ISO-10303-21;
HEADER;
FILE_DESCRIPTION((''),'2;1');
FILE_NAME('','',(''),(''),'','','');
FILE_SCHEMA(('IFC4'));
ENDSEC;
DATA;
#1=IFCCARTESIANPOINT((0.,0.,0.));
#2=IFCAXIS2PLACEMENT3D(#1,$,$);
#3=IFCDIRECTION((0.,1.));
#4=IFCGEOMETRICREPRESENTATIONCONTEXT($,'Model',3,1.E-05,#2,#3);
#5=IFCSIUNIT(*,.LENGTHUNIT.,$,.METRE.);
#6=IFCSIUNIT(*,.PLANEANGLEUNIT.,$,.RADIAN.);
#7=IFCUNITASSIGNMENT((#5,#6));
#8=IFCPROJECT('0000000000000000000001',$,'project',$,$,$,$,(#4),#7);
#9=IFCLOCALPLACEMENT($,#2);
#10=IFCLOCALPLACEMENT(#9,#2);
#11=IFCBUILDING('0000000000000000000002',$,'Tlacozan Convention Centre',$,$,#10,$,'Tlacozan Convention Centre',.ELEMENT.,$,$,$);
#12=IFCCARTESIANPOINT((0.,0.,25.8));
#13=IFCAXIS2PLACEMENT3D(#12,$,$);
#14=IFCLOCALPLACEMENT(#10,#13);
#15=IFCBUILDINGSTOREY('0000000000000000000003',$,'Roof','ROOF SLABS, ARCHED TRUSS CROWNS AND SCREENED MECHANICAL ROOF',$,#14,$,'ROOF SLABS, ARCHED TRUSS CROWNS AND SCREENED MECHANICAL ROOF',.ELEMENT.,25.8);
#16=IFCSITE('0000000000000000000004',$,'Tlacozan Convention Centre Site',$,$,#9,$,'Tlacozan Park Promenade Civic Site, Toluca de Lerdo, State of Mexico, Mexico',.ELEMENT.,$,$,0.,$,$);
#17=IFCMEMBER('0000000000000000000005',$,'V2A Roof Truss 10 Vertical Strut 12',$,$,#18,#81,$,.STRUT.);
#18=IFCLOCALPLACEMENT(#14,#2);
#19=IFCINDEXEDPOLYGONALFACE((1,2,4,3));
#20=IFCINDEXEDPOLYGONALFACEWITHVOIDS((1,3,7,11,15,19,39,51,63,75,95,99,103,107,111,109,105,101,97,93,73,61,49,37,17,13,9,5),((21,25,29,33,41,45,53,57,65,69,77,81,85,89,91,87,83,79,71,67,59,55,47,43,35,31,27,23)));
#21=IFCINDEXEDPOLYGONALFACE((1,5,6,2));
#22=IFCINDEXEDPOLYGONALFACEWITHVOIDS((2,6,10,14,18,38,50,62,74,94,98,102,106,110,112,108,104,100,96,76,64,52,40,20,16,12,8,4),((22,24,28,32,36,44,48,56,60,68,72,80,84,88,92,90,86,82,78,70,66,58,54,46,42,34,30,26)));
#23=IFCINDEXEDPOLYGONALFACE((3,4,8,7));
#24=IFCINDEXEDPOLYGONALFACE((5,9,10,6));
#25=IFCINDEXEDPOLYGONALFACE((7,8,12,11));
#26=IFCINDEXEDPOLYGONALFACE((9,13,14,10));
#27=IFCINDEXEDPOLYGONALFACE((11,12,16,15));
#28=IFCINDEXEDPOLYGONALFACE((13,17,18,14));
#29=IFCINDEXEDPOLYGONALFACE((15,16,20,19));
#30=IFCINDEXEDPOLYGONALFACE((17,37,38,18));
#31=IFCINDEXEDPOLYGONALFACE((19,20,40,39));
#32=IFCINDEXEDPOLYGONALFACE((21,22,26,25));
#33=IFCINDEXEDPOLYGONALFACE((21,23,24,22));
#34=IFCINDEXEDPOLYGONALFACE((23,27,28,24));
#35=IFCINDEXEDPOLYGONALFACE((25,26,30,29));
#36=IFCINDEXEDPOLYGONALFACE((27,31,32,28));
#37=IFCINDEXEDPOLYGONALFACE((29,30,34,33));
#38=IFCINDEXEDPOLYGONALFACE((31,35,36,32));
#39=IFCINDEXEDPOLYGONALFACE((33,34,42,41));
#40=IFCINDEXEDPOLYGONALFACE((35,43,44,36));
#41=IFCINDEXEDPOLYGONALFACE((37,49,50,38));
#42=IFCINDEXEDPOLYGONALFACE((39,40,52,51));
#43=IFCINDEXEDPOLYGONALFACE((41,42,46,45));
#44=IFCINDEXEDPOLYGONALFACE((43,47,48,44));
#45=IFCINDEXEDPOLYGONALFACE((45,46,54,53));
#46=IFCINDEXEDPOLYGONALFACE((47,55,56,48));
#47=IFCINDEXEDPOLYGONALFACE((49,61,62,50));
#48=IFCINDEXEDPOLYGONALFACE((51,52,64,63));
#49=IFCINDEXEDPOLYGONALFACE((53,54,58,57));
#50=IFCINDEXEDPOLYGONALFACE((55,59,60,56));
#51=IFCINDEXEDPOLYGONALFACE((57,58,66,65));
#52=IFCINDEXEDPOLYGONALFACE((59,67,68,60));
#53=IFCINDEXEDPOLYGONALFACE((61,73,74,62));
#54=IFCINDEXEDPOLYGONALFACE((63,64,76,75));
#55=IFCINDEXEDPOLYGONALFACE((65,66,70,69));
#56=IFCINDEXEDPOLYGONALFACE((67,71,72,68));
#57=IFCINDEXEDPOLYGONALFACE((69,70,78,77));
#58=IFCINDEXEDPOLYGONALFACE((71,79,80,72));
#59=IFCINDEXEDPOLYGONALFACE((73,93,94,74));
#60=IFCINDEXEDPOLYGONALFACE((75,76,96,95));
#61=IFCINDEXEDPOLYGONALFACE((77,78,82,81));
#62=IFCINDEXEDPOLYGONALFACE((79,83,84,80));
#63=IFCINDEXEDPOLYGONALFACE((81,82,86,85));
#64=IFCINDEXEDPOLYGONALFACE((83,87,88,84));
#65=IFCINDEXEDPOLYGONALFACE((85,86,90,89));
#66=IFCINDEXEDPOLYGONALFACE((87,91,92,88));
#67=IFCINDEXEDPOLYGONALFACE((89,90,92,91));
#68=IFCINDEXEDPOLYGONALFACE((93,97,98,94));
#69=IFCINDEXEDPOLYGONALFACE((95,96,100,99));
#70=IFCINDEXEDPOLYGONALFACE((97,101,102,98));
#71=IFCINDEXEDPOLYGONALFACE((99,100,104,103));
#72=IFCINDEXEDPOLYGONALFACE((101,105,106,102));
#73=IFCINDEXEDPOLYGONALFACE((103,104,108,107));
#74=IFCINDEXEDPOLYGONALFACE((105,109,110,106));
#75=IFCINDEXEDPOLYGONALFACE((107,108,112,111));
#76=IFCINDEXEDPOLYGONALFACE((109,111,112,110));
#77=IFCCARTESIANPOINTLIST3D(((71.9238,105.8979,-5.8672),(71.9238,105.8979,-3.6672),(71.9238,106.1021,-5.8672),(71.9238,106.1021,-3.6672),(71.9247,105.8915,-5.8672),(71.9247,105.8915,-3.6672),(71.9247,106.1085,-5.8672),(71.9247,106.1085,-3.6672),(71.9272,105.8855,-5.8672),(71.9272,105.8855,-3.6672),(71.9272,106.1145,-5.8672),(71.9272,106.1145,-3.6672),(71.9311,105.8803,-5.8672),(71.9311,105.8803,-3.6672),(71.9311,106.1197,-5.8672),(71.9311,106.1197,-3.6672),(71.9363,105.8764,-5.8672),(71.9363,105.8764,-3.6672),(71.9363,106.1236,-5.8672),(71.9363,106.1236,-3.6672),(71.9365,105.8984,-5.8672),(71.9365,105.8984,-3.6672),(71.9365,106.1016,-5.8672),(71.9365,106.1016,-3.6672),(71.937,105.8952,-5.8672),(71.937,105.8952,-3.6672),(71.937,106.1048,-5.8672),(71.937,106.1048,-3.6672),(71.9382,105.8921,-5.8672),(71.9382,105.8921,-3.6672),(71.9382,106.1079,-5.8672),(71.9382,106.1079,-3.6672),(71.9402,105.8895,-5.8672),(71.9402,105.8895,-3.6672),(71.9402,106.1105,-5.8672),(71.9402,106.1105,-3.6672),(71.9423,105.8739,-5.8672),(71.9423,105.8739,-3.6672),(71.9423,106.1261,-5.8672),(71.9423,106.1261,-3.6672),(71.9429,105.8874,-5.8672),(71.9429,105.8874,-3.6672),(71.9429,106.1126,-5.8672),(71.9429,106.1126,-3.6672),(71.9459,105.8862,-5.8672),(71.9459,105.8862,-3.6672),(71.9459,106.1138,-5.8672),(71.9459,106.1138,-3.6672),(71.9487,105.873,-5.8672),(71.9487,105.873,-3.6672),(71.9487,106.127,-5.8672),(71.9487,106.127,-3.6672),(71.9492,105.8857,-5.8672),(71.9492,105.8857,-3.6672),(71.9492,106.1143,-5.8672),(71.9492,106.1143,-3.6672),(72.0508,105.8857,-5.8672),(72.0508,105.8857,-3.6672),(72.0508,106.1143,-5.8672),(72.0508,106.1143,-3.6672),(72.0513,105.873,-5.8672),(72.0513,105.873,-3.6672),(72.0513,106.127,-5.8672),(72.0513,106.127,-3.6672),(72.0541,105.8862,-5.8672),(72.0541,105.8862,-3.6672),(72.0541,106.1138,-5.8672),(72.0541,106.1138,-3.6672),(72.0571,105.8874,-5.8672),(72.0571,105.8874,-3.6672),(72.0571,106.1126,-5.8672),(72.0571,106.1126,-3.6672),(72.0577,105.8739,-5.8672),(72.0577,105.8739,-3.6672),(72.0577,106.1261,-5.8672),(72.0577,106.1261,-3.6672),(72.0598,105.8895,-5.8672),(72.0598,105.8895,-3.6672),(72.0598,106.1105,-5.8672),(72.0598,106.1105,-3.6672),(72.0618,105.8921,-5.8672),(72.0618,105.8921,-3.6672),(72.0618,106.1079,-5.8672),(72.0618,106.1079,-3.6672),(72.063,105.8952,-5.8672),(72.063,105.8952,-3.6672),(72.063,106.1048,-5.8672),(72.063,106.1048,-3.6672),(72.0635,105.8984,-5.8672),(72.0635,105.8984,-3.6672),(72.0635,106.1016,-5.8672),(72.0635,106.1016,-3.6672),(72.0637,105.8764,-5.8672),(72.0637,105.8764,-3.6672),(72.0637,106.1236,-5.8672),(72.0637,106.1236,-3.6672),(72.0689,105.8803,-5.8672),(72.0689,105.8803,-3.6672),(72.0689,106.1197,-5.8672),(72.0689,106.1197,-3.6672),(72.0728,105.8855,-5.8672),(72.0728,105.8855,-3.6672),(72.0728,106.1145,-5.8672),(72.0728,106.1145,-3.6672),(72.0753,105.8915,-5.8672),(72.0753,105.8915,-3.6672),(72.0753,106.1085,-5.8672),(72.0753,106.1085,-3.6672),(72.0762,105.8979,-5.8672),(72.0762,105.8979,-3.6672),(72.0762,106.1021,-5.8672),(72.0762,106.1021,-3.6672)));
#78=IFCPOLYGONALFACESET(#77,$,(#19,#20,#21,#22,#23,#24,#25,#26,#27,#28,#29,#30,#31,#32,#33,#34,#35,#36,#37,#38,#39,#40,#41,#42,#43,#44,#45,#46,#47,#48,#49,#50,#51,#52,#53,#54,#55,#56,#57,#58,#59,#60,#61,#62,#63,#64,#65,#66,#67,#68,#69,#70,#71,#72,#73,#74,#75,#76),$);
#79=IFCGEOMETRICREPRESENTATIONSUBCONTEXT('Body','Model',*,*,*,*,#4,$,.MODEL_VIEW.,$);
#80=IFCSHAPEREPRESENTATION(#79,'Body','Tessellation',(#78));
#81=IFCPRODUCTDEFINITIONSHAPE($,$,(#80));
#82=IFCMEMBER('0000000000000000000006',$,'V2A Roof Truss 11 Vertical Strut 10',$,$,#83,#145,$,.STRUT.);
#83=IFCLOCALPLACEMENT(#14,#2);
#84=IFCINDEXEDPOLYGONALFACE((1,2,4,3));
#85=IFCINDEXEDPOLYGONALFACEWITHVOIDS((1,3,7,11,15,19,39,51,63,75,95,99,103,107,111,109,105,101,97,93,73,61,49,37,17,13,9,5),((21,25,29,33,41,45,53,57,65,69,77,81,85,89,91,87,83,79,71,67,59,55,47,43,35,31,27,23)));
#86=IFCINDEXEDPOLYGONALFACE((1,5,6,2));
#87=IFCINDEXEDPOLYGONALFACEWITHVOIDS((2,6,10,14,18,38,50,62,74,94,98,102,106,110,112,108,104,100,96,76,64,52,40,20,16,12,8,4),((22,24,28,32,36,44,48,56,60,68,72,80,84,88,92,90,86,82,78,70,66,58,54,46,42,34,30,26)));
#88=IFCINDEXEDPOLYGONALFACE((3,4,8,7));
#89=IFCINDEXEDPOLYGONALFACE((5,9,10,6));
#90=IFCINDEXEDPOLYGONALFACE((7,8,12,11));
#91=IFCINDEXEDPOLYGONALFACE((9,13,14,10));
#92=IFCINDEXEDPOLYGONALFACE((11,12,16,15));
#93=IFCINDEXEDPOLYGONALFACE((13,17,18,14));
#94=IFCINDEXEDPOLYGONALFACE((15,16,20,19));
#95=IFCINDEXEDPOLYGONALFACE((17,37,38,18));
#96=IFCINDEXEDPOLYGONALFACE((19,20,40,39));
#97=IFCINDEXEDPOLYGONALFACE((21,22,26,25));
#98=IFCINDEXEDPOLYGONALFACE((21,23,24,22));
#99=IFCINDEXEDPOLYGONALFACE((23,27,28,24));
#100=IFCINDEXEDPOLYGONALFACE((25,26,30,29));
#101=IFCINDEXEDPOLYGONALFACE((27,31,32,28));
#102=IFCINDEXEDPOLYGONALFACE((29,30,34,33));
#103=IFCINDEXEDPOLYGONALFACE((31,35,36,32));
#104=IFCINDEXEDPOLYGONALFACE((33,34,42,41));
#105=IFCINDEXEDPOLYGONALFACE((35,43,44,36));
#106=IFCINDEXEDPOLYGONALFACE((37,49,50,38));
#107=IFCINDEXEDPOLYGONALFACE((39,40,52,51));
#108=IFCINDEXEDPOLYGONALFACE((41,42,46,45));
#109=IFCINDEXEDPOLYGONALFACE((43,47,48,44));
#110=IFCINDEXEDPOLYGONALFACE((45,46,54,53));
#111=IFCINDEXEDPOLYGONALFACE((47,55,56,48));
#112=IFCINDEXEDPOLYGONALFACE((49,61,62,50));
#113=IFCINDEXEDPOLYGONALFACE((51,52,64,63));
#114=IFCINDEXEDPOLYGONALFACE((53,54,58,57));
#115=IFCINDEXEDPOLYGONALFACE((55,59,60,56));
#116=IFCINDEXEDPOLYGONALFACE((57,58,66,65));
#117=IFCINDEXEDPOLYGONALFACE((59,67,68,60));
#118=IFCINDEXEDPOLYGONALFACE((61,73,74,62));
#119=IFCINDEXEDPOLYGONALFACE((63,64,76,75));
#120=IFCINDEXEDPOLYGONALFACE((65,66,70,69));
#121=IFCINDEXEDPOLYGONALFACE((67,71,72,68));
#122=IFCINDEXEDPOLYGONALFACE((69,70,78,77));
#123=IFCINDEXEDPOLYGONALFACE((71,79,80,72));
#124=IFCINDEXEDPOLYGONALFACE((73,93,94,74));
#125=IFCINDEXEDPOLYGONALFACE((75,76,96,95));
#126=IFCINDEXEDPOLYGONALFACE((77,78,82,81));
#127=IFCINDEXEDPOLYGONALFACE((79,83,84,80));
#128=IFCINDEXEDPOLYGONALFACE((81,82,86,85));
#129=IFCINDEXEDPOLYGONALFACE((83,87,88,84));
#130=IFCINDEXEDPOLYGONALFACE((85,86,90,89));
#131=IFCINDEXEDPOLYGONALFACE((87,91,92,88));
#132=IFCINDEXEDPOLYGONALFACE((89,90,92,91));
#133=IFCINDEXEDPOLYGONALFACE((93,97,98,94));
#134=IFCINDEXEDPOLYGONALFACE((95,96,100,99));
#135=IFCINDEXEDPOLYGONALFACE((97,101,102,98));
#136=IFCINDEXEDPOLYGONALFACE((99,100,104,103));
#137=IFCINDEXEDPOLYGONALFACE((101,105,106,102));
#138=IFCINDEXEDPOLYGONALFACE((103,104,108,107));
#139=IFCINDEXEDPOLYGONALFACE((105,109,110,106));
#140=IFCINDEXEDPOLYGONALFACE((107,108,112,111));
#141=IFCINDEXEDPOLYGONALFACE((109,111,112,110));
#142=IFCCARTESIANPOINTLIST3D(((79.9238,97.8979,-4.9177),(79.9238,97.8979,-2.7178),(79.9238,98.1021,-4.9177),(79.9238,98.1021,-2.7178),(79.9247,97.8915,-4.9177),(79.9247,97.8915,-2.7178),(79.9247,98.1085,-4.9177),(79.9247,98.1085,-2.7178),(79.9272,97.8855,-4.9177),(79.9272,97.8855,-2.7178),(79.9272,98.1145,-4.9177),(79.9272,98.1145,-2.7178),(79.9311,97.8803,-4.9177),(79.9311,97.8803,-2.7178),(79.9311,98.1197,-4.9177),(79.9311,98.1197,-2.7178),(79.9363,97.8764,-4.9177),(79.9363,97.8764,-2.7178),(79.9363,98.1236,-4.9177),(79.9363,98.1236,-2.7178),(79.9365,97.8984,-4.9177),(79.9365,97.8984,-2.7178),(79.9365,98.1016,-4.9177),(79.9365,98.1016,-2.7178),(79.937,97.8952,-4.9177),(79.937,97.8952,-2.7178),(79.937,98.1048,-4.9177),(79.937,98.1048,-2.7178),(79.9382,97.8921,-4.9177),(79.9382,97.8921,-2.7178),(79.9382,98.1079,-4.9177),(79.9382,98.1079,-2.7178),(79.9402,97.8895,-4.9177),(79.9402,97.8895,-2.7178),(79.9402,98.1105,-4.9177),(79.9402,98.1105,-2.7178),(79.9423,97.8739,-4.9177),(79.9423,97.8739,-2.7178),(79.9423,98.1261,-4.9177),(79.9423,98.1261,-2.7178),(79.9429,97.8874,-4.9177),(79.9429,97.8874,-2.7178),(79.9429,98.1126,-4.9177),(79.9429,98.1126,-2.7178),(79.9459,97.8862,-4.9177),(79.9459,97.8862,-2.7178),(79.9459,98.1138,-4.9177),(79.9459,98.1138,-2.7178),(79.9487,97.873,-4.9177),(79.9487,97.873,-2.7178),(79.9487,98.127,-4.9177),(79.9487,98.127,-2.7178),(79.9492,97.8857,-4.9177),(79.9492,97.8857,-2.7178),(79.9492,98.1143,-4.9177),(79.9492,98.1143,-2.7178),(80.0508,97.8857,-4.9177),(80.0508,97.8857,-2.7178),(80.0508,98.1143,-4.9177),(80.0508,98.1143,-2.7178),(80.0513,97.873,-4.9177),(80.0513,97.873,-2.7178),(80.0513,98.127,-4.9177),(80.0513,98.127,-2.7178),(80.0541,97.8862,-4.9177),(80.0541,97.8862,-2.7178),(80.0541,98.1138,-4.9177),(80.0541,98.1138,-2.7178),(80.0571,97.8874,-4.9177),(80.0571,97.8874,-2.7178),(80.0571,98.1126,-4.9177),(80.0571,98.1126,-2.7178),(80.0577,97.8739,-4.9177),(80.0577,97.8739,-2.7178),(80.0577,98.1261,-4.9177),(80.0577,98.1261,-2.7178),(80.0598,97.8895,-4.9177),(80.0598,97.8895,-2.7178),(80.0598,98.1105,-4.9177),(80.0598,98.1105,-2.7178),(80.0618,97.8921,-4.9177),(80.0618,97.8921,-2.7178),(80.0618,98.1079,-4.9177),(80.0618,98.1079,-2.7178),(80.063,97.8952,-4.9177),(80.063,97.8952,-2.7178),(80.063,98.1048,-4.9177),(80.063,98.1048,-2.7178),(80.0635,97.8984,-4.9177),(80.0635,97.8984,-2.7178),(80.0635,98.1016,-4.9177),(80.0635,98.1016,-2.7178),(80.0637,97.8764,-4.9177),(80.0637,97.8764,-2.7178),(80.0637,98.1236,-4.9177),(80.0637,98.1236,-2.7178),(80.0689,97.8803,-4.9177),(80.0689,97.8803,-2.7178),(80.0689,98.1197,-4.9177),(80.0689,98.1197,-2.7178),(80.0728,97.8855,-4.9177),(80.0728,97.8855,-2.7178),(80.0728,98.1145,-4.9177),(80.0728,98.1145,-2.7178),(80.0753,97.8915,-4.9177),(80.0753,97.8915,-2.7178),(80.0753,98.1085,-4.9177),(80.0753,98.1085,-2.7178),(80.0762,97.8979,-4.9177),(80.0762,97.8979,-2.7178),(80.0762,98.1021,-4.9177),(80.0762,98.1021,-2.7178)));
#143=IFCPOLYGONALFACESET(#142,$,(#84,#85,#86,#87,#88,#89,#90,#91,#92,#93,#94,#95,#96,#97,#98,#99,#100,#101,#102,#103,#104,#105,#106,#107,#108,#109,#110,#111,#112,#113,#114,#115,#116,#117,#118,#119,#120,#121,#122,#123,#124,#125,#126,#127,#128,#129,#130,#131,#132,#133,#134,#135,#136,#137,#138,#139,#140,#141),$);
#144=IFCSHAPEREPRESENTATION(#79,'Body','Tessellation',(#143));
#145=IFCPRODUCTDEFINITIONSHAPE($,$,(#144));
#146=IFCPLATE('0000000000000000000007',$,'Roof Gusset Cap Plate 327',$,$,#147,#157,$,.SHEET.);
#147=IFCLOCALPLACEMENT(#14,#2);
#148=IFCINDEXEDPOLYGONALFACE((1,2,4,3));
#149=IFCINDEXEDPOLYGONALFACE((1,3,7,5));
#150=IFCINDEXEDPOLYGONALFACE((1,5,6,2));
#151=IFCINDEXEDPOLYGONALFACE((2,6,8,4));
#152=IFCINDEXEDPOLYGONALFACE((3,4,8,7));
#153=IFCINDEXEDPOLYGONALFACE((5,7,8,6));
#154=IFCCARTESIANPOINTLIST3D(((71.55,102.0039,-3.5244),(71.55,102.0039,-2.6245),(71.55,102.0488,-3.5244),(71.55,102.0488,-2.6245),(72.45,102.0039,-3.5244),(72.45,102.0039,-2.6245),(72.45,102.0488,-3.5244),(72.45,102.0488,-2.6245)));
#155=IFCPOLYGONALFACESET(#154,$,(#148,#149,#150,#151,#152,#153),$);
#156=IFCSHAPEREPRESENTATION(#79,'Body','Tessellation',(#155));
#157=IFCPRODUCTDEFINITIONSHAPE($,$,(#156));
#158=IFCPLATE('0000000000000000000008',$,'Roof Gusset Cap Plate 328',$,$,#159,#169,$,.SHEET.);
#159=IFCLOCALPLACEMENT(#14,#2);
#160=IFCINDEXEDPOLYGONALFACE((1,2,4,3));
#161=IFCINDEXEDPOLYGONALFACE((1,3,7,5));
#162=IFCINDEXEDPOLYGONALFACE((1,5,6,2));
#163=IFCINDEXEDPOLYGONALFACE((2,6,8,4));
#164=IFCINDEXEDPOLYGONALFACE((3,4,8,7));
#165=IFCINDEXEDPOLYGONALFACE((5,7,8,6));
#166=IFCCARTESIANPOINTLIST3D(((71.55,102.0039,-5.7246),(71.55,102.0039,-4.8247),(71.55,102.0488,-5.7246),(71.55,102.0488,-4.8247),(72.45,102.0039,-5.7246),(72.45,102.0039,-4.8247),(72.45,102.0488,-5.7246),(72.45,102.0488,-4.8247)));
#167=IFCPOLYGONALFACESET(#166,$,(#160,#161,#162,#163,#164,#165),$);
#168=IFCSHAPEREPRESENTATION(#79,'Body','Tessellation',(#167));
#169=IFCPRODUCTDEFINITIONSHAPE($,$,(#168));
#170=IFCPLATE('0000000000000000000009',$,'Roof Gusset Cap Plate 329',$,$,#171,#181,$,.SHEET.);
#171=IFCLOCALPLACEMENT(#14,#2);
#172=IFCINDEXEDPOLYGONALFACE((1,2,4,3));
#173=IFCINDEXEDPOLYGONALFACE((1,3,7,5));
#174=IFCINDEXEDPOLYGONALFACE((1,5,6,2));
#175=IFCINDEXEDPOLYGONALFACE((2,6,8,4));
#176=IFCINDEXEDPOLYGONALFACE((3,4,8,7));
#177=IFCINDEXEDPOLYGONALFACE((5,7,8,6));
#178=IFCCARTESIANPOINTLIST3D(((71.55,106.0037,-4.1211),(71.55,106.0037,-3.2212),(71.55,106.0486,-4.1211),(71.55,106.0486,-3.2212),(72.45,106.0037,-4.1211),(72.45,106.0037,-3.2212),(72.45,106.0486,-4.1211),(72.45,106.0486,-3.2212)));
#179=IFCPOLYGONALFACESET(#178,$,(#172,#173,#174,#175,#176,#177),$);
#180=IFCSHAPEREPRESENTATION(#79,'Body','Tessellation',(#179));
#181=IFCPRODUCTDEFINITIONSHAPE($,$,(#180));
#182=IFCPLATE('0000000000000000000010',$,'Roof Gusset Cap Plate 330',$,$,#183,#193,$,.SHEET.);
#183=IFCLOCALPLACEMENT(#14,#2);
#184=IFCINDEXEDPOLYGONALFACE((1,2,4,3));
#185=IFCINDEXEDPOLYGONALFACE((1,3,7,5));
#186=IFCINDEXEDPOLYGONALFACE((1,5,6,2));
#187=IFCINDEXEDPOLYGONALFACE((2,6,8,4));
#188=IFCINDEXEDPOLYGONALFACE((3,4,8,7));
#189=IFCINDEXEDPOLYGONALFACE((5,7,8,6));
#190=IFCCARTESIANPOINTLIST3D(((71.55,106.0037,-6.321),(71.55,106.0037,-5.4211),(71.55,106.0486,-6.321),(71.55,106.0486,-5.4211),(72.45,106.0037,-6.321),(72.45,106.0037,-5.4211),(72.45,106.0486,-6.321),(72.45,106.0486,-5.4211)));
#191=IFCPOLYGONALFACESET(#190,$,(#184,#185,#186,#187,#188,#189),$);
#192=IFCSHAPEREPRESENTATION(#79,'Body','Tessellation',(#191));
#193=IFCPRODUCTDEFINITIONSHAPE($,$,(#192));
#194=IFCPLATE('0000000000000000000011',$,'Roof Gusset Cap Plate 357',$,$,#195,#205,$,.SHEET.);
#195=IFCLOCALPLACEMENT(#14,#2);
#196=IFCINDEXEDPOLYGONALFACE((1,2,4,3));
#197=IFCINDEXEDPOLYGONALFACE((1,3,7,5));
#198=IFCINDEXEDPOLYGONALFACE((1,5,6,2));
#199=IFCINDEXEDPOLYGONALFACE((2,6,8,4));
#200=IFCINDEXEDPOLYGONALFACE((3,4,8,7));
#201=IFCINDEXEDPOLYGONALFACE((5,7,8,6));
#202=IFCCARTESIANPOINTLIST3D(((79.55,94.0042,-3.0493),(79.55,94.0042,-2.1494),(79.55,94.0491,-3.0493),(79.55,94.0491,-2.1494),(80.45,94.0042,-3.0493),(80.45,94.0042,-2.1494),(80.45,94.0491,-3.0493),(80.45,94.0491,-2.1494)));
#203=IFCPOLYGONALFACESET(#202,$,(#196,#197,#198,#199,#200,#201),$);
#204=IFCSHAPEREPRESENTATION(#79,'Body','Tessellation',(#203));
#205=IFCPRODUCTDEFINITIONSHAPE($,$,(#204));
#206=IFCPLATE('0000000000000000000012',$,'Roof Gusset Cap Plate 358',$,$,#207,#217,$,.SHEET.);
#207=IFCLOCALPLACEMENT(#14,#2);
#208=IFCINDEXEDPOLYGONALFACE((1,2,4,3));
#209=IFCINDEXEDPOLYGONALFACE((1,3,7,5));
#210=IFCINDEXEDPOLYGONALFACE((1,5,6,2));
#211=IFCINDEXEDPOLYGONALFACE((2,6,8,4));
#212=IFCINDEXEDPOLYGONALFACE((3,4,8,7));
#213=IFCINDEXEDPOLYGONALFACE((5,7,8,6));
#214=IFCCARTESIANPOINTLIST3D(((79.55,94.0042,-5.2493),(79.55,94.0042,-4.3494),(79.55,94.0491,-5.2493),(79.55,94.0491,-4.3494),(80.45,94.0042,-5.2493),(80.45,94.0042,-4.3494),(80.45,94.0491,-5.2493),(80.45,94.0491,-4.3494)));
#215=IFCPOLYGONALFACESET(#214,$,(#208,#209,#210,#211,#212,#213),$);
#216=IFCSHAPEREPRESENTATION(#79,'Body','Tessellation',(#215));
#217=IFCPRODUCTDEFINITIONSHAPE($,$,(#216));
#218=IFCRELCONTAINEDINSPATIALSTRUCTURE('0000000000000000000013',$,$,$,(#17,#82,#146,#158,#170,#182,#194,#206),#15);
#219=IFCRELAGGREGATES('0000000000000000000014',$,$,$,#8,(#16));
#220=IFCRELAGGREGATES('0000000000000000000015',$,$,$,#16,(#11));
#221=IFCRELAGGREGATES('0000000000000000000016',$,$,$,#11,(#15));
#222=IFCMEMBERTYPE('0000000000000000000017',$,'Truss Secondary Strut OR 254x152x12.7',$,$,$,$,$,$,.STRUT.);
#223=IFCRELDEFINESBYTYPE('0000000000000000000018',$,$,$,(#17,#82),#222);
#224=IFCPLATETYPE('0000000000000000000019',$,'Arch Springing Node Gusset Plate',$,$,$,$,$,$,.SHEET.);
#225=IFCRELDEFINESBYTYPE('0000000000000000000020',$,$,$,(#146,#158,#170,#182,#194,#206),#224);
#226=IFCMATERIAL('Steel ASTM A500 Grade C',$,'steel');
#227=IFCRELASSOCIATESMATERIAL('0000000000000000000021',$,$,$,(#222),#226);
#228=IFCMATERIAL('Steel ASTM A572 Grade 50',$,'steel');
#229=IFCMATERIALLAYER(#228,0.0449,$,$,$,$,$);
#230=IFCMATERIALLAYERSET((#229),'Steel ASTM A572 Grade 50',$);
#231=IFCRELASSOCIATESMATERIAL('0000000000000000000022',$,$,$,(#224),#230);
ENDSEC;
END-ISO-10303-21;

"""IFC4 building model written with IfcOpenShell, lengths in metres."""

from ifc_helpers import new_model, si_unit, direction, frame, origin, origin_2d, place, context, subcontext, project, spatial, rectangle, hollow_rectangle, extrude, material, layer, layer_set, material_profile, profile_set, type_object, element, save


model = new_model("IFC4")

# Units and contexts
model_context = context("Model", 3, precision=1e-05, world=origin(), true_north=direction((0.0, 1.0)))
body_context = subcontext(model_context, "Body", "Model", "MODEL_VIEW")
ifc_project = project(units=[si_unit("LENGTHUNIT", "METRE"), si_unit("PLANEANGLEUNIT", "RADIAN")], contexts=[model_context])

# Site, building, storey
site_placement = place(None, origin())
site = spatial("IfcSite", under=ifc_project, at=site_placement, Name="Tlacozan Convention Centre Site", LongName="Tlacozan Park Promenade Civic Site, Toluca de Lerdo, State of Mexico, Mexico", CompositionType="ELEMENT", RefElevation=0.0)
building_placement = place(site_placement, origin())
building = spatial("IfcBuilding", under=site, at=building_placement, Name="Tlacozan Convention Centre", LongName="Tlacozan Convention Centre", CompositionType="ELEMENT")
storey_placement = place(building_placement, frame((0.0, 0.0, 25.8)))
storey = spatial("IfcBuildingStorey", under=building, at=storey_placement, Name="Roof", Description="ROOF SLABS, ARCHED TRUSS CROWNS AND SCREENED MECHANICAL ROOF", LongName="ROOF SLABS, ARCHED TRUSS CROWNS AND SCREENED MECHANICAL ROOF", CompositionType="ELEMENT", Elevation=25.8)

# Members
ifc_material_1 = material(Name="Steel ASTM A500 Grade C", Category="steel")
ifc_material_profile_1 = material_profile(ifc_material_1, hollow_rectangle(XDim=0.1523, YDim=0.2539, WallThickness=0.0127, InnerFilletRadius=0.0127, OuterFilletRadius=0.0249, at=origin_2d()), Name="OR 254x152x12.7")
ifc_profile_set_1 = profile_set([ifc_material_profile_1], Name="Steel ASTM A500 Grade C")
member_type_1 = type_object("IfcMemberType", Name="Truss Secondary Strut OR 254x152x12.7", PredefinedType="STRUT", material=ifc_profile_set_1)
for number, where, z_axis, x_axis, name in (
    (1, (72.0, 106.0, -5.8672), (0.0, 0.0, 1.0), (1.0, 0.0, 0.0), "V2A Roof Truss 10 Vertical Strut 12"),
    (2, (80.0, 98.0, -4.9177), (0.0, 0.0, 1.0), (1.0, 0.0, 0.0), "V2A Roof Truss 11 Vertical Strut 10"),
):
    element("IfcMember", number, at=place(storey_placement, frame(where, z_axis=z_axis, x_axis=x_axis)), inside=storey, type_object=member_type_1, Name=name, PredefinedType="STRUT", context=body_context, shape_type="SweptSolid", body=[
        extrude(hollow_rectangle(XDim=0.1523, YDim=0.2539, WallThickness=0.0127, InnerFilletRadius=0.0127, OuterFilletRadius=0.0249, at=origin_2d()), origin(), (0.0, 0.0, 1.0), 2.2),
    ])

# Plates
ifc_material_2 = material(Name="Steel ASTM A572 Grade 50", Category="steel")
ifc_layer = layer(ifc_material_2, 0.0449)
ifc_layer_set = layer_set([ifc_layer], Name="Steel ASTM A572 Grade 50")
plate_type = type_object("IfcPlateType", Name="Arch Springing Node Gusset Plate", PredefinedType="SHEET", material=ifc_layer_set)
for number, where, z_axis, x_axis, name in (
    (3, (72.0, 102.0264, -3.5244), (0.0, 0.0, 1.0), (0.0, 1.0, 0.0), "Roof Gusset Cap Plate 327"),
    (4, (72.0, 102.0264, -5.7246), (0.0, 0.0, 1.0), (0.0, 1.0, 0.0), "Roof Gusset Cap Plate 328"),
    (5, (72.0, 106.0261, -4.1211), (0.0, 0.0, 1.0), (0.0, 1.0, 0.0), "Roof Gusset Cap Plate 329"),
    (6, (72.0, 106.0261, -6.321), (0.0, 0.0, 1.0), (0.0, 1.0, 0.0), "Roof Gusset Cap Plate 330"),
    (7, (80.0, 94.0266, -3.0493), (0.0, 0.0, 1.0), (0.0, 1.0, 0.0), "Roof Gusset Cap Plate 357"),
    (8, (80.0, 94.0266, -5.2493), (0.0, 0.0, 1.0), (0.0, 1.0, 0.0), "Roof Gusset Cap Plate 358"),
):
    element("IfcPlate", number, at=place(storey_placement, frame(where, z_axis=z_axis, x_axis=x_axis)), inside=storey, type_object=plate_type, Name=name, PredefinedType="SHEET", context=body_context, shape_type="SweptSolid", body=[
        extrude(rectangle(XDim=0.0449, YDim=0.8999, at=origin_2d()), origin(), (0.0, 0.0, 1.0), 0.8999),
    ])

save(model, "model.ifc")
